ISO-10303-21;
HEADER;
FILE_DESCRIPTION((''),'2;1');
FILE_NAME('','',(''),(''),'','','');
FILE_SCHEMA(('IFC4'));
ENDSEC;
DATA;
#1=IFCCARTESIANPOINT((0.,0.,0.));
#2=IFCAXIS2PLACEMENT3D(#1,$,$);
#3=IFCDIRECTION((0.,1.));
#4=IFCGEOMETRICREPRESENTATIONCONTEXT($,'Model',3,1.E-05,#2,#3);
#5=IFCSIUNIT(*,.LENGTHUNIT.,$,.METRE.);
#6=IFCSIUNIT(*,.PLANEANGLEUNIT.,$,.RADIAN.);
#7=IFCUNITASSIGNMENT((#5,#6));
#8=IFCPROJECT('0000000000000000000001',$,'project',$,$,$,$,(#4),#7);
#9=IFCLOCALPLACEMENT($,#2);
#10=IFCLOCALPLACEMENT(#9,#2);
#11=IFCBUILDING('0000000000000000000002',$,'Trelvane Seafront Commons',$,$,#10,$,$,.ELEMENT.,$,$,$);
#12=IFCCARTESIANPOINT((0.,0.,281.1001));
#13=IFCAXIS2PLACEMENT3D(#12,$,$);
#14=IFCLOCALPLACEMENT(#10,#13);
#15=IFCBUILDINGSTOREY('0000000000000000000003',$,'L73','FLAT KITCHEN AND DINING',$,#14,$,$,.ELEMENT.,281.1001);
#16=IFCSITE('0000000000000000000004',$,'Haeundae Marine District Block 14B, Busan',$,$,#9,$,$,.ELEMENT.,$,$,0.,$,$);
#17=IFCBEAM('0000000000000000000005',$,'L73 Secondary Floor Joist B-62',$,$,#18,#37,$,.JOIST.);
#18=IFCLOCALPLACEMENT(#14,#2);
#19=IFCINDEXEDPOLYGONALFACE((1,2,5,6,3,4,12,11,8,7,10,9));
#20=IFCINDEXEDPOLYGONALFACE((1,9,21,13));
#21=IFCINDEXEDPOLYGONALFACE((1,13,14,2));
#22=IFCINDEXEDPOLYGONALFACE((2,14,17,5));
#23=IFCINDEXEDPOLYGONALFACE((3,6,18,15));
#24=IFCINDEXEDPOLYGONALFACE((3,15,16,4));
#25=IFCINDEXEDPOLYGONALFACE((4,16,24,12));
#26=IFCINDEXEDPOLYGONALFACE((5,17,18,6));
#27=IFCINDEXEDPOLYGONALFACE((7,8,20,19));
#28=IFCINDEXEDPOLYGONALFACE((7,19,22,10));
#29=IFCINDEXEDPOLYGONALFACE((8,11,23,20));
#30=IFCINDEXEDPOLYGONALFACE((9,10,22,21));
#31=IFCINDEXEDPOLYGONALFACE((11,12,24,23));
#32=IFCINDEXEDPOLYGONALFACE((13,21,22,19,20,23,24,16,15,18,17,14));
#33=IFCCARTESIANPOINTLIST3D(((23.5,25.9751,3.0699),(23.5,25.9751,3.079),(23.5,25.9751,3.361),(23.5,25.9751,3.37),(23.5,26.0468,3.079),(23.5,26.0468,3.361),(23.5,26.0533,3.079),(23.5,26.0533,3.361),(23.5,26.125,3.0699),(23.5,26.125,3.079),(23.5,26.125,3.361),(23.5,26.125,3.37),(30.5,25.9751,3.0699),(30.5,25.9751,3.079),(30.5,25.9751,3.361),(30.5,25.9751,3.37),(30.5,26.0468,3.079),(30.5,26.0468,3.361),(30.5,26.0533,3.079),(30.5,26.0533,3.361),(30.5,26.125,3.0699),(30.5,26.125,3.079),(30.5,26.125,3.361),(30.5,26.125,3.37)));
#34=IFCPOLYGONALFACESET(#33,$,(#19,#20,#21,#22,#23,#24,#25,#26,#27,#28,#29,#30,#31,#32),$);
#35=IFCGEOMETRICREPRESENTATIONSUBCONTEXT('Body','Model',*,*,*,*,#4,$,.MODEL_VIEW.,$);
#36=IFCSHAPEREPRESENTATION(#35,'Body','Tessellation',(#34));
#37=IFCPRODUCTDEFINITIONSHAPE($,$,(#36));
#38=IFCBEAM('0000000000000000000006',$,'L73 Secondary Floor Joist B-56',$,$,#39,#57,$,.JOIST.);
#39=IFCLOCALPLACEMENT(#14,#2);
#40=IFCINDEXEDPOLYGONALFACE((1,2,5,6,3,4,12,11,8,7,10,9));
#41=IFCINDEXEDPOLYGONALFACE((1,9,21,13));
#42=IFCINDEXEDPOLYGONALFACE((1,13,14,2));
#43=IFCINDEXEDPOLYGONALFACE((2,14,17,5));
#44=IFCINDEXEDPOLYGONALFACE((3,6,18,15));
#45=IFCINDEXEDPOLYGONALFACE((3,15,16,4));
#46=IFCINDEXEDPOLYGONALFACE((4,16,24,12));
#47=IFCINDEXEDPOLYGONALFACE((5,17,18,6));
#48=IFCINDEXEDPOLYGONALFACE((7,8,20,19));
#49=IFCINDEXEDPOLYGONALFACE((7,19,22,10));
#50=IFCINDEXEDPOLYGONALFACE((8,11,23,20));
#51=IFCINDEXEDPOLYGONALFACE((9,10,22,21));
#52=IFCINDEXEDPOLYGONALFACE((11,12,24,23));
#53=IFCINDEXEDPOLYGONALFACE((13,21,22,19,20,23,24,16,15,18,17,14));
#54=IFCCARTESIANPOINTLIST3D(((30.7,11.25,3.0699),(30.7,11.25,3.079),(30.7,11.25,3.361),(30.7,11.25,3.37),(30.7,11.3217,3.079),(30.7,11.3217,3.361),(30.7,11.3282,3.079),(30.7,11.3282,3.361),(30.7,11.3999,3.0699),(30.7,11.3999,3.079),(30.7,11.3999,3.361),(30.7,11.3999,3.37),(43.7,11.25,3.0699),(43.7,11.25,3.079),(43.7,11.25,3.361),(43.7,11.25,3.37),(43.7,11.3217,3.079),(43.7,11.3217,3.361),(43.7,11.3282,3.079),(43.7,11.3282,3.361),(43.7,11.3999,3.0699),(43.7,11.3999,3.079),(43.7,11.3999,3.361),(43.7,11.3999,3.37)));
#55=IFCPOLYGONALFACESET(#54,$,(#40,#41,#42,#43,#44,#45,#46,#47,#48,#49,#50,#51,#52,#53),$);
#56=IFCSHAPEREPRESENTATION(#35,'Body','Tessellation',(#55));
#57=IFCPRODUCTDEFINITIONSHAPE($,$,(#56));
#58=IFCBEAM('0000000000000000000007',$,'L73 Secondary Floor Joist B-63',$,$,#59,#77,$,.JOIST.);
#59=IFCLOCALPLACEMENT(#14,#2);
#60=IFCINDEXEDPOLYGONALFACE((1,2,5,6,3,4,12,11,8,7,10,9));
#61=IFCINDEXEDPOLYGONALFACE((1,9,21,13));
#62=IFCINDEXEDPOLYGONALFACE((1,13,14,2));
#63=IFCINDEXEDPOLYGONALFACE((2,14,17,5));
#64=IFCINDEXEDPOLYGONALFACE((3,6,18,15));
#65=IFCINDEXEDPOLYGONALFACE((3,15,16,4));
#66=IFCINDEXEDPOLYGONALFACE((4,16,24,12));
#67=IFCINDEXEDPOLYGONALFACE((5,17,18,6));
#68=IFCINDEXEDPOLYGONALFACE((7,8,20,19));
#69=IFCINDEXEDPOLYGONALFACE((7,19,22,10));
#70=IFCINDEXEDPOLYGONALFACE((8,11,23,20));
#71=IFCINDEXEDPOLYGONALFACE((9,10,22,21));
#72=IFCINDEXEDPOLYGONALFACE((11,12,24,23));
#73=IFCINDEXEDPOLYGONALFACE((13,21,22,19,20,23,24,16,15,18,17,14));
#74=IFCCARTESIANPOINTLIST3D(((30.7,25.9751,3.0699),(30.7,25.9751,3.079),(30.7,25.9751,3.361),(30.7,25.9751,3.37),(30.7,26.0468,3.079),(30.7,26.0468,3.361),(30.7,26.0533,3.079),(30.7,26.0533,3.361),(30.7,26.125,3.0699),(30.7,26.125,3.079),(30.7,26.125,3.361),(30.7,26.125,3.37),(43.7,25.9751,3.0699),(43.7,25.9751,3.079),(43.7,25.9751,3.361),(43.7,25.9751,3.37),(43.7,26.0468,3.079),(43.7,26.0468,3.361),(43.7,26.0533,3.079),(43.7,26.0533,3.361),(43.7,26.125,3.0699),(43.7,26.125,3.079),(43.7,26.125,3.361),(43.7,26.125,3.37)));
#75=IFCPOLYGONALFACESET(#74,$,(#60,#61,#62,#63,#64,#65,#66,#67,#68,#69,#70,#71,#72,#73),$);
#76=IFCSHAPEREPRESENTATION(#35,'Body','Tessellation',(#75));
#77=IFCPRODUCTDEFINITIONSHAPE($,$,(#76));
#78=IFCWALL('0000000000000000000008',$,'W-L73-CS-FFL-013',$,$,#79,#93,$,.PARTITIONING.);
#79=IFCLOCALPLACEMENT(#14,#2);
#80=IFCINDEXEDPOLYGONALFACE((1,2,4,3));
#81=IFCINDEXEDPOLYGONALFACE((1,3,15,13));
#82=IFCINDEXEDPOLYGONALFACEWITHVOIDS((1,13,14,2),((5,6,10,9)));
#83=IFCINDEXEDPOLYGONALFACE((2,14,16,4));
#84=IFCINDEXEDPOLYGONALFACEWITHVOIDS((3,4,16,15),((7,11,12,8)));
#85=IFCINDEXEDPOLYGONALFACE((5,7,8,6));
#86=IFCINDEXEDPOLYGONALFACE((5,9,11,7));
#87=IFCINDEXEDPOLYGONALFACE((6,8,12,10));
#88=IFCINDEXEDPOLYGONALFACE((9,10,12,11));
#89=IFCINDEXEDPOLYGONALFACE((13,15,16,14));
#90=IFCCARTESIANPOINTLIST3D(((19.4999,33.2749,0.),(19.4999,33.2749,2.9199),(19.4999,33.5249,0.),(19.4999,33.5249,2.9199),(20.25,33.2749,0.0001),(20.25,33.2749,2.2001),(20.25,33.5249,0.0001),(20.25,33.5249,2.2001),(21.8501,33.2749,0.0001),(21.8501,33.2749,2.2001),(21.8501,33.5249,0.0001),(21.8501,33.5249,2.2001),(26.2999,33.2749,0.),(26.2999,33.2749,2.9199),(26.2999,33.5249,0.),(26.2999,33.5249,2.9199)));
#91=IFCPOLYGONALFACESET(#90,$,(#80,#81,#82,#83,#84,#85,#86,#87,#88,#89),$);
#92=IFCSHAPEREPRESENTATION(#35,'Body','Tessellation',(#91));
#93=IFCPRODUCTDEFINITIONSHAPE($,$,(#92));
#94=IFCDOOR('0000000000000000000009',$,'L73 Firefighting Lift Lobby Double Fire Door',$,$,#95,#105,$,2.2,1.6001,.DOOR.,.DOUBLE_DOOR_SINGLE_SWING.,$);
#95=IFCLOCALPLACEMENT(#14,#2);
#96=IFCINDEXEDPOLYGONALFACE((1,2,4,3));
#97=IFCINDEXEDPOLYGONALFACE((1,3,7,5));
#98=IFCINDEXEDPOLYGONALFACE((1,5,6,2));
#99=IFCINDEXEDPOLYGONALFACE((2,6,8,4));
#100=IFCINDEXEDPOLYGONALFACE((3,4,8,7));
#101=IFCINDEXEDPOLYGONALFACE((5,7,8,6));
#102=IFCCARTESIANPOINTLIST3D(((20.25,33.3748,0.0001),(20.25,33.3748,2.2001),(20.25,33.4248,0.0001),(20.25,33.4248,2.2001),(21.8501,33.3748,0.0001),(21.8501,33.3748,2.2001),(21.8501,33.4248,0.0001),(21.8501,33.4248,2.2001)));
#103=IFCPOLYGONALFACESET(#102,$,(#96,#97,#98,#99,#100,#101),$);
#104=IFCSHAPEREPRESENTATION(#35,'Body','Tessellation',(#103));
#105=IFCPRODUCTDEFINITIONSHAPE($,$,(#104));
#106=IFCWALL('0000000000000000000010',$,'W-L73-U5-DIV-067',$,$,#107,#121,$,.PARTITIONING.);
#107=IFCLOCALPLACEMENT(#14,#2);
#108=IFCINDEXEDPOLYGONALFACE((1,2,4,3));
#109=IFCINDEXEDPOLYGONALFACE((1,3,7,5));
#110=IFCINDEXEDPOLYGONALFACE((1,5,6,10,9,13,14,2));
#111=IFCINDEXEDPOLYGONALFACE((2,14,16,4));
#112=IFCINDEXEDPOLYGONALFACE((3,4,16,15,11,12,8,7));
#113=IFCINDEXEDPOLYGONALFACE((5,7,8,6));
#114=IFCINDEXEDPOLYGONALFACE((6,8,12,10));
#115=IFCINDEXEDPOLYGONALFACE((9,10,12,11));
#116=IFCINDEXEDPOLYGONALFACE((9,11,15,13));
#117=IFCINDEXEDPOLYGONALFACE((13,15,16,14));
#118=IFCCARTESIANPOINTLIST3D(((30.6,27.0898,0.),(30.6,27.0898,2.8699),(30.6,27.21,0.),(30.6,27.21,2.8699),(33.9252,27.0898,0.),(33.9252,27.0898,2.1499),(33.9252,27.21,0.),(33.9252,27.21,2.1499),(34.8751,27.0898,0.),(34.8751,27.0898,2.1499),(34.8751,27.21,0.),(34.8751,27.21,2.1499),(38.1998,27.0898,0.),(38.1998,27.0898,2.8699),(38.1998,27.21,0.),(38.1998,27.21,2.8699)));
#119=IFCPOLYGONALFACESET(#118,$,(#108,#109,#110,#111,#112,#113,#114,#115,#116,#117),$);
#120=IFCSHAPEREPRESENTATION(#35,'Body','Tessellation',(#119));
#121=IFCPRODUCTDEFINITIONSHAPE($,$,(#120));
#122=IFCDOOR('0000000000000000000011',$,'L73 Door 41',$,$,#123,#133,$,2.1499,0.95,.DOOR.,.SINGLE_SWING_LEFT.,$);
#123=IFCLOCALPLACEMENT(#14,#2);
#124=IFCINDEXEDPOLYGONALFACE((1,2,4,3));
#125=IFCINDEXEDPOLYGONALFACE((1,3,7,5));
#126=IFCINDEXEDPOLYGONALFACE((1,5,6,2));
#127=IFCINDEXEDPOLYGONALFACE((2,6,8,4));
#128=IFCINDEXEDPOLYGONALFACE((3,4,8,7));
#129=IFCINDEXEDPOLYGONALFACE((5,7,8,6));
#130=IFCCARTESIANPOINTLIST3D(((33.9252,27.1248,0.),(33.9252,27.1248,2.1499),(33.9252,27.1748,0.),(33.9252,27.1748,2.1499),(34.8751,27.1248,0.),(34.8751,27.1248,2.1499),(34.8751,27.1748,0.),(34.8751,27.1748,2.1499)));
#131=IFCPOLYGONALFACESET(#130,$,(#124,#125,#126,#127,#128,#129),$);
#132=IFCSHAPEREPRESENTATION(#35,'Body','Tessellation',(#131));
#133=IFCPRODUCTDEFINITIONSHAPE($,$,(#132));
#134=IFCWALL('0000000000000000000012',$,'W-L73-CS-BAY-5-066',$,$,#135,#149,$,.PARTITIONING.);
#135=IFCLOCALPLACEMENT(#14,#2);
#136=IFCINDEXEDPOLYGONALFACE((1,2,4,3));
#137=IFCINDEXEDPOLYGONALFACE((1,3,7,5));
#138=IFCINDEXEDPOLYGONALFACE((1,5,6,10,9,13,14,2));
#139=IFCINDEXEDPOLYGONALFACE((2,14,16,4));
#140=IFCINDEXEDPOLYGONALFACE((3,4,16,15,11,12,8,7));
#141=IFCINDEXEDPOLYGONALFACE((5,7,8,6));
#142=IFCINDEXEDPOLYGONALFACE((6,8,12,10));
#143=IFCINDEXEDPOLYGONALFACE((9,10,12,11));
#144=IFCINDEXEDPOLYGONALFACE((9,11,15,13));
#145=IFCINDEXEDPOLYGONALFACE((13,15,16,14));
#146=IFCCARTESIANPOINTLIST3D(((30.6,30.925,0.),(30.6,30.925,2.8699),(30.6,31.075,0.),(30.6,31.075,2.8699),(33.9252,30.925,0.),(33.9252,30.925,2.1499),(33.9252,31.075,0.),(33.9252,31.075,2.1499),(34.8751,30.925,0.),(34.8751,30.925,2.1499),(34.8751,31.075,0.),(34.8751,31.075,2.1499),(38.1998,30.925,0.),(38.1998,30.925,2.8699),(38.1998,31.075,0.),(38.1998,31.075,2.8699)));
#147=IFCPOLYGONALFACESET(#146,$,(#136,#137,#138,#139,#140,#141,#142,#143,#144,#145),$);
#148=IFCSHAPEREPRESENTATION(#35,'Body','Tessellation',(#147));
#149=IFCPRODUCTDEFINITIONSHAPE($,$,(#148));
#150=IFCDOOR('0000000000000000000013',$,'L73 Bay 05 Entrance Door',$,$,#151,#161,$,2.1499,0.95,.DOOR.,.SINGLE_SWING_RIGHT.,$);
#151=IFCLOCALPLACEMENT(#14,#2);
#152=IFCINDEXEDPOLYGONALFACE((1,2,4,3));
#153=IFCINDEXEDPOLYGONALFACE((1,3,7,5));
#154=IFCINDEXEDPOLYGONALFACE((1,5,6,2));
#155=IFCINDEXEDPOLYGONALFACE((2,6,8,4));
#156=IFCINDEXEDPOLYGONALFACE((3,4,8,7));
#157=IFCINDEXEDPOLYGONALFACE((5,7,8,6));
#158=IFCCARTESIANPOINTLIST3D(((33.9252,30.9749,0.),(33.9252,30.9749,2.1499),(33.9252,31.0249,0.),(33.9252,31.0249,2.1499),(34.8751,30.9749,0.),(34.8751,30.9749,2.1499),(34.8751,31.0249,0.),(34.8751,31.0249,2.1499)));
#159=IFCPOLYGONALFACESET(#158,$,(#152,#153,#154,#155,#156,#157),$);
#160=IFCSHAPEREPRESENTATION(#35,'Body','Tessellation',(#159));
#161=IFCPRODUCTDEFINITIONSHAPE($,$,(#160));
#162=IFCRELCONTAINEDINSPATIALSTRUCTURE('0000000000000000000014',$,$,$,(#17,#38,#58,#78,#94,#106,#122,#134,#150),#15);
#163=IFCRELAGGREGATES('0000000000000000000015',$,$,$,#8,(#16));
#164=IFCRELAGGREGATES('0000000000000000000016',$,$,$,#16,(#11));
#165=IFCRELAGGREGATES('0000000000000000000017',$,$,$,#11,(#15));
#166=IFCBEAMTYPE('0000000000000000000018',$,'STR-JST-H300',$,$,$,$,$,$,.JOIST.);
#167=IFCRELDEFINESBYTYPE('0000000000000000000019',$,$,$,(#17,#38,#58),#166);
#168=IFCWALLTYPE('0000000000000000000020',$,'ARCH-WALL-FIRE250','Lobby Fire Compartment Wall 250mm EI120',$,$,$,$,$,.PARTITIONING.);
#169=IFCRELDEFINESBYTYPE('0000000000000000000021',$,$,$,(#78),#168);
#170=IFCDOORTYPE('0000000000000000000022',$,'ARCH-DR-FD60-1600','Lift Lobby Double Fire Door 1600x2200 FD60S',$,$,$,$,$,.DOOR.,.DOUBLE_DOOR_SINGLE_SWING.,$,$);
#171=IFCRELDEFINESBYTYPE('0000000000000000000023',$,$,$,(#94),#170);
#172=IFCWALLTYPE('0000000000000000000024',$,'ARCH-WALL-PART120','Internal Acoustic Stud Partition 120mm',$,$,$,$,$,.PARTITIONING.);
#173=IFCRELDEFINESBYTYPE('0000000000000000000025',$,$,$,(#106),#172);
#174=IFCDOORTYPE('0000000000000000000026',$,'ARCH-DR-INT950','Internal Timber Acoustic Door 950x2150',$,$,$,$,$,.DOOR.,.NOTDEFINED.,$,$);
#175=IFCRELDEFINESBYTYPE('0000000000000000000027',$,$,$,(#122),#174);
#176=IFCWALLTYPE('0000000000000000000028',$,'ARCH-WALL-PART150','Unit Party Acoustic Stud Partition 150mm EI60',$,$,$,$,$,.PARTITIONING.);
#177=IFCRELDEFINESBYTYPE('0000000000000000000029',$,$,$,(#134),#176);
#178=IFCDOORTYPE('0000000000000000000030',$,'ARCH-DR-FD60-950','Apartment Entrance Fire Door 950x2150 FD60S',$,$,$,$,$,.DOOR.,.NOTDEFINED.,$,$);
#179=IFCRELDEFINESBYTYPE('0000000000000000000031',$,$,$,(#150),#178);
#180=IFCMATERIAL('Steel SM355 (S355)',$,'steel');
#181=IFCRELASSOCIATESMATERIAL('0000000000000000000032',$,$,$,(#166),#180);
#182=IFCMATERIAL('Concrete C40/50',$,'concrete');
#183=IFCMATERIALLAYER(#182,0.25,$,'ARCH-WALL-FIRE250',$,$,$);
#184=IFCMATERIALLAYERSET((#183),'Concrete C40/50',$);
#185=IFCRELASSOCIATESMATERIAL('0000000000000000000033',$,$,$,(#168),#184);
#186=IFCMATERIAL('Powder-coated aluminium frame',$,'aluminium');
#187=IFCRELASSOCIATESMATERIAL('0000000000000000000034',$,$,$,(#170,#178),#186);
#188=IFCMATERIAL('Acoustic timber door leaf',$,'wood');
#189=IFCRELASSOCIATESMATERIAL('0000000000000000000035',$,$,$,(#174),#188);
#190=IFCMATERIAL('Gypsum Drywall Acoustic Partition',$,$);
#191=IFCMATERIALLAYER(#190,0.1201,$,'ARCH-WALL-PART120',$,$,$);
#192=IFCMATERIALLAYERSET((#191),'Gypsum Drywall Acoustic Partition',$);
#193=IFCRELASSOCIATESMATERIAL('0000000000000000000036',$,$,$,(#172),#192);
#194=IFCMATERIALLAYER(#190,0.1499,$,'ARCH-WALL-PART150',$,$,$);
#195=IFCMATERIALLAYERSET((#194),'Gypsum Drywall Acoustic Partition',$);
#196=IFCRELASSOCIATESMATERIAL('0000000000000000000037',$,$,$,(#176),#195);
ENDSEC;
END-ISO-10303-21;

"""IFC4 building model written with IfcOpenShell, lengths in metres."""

from ifc_helpers import new_model, si_unit, direction, frame, frame_2d, origin, origin_2d, place, context, subcontext, project, spatial, rectangle, i_section, extrude, source, transform, mapped, material, layer, layer_set, material_profile, profile_set, type_object, element, fill, save


model = new_model("IFC4")

# Units and contexts
model_context = context("Model", 3, precision=1e-05, world=origin(), true_north=direction((0.0, 1.0)))
body_context = subcontext(model_context, "Body", "Model", "MODEL_VIEW")
ifc_project = project(units=[si_unit("LENGTHUNIT", "METRE"), si_unit("PLANEANGLEUNIT", "RADIAN")], contexts=[model_context])

# Site, building, storey
site_placement = place(None, origin())
site = spatial("IfcSite", under=ifc_project, at=site_placement, Name="Haeundae Marine District Block 14B, Busan", CompositionType="ELEMENT", RefElevation=0.0)
building_placement = place(site_placement, origin())
building = spatial("IfcBuilding", under=site, at=building_placement, Name="Trelvane Seafront Commons", CompositionType="ELEMENT")
storey_placement = place(building_placement, frame((0.0, 0.0, 281.1001)))
storey = spatial("IfcBuildingStorey", under=building, at=storey_placement, Name="L73", Description="FLAT KITCHEN AND DINING", CompositionType="ELEMENT", Elevation=281.1001)

# Shared definitions
ifc_material_1 = material(Name="Steel SM355 (S355)", Category="steel")

# Beams
ifc_material_profile_1 = material_profile(ifc_material_1, i_section(OverallWidth=0.1499, OverallDepth=0.3, WebThickness=0.0066, FlangeThickness=0.009, at=origin_2d()), Name="H-300x150x6.5x9")
ifc_profile_set_1 = profile_set([ifc_material_profile_1], Name="Steel SM355 (S355)")
beam_type_1 = type_object("IfcBeamType", Name="STR-JST-H300", PredefinedType="JOIST", material=ifc_profile_set_1)
shared_shape_1 = source(origin(), body_context, "Body", "SweptSolid", [
    extrude(i_section(OverallWidth=0.1499, OverallDepth=0.3, WebThickness=0.0066, FlangeThickness=0.009, at=origin_2d()), origin(), (0.0, 0.0, 1.0), 7.0),
])
beam_1_placement = place(storey_placement, frame((23.5, 26.05, 3.22), z_axis=(1.0, 0.0, 0.0), x_axis=(0.0, 1.0, 0.0)))
element("IfcBeam", 1, at=beam_1_placement, inside=storey, type_object=beam_type_1, Name="L73 Secondary Floor Joist B-62", PredefinedType="JOIST", context=body_context, shape_type="MappedRepresentation", body=[
    mapped(shared_shape_1, transform((0.0, 0.0, 0.0), x_axis=(1.0, 0.0, 0.0), y_axis=(0.0, 1.0, 0.0), z_axis=(0.0, 0.0, 1.0), scale=1.0)),
])
shared_shape_2 = source(origin(), body_context, "Body", "SweptSolid", [
    extrude(i_section(OverallWidth=0.1499, OverallDepth=0.3, WebThickness=0.0066, FlangeThickness=0.009, at=origin_2d()), origin(), (0.0, 0.0, 1.0), 13.0),
])
for number, where, z_axis, x_axis, name in (
    (2, (30.7, 11.325, 3.22), (1.0, 0.0, 0.0), (0.0, 1.0, 0.0), "L73 Secondary Floor Joist B-56"),
    (3, (30.7, 26.05, 3.22), (1.0, 0.0, 0.0), (0.0, 1.0, 0.0), "L73 Secondary Floor Joist B-63"),
):
    element("IfcBeam", number, at=place(storey_placement, frame(where, z_axis=z_axis, x_axis=x_axis)), inside=storey, type_object=beam_type_1, Name=name, PredefinedType="JOIST", context=body_context, shape_type="MappedRepresentation", body=[
        mapped(shared_shape_2, transform((0.0, 0.0, 0.0), x_axis=(1.0, 0.0, 0.0), y_axis=(0.0, 1.0, 0.0), z_axis=(0.0, 0.0, 1.0), scale=1.0)),
    ])

# Walls, openings, doors
ifc_material_2 = material(Name="Concrete C40/50", Category="concrete")
ifc_layer_1 = layer(ifc_material_2, 0.25, Name="ARCH-WALL-FIRE250")
ifc_layer_set_1 = layer_set([ifc_layer_1], Name="Concrete C40/50")
wall_type_1 = type_object("IfcWallType", Name="ARCH-WALL-FIRE250", Description="Lobby Fire Compartment Wall 250mm EI120", PredefinedType="PARTITIONING", material=ifc_layer_set_1)
wall_1_placement = place(storey_placement, frame((19.5, 33.3999, 0.0), z_axis=(0.0, 0.0, 1.0), x_axis=(1.0, 0.0, 0.0)))
wall_1 = element("IfcWall", 4, at=wall_1_placement, inside=storey, type_object=wall_type_1, Name="W-L73-CS-FFL-013", PredefinedType="PARTITIONING", context=body_context, shape_type="SweptSolid", body=[
    extrude(rectangle(XDim=6.8, YDim=0.25, at=frame_2d((3.3999, 0.0))), origin(), (0.0, 0.0, 1.0), 2.9199),
])
opening_1_placement = place(wall_1_placement, frame((0.75, 0.0, 0.0)))
opening_1 = element("IfcOpeningElement", 5, at=opening_1_placement, cuts=wall_1, PredefinedType="OPENING", context=body_context, shape_type="SweptSolid", body=[
    extrude(rectangle(XDim=1.6001, YDim=2.2, at=frame_2d((0.8, 1.1001))), frame((0.0, 0.135, 0.0), z_axis=(0.0, -1.0, 0.0), x_axis=(1.0, 0.0, 0.0)), (0.0, 0.0, 1.0), 0.27),
])
ifc_material_3 = material(Name="Powder-coated aluminium frame", Category="aluminium")
door_type_1 = type_object("IfcDoorType", Name="ARCH-DR-FD60-1600", Description="Lift Lobby Double Fire Door 1600x2200 FD60S", OperationType="DOUBLE_DOOR_SINGLE_SWING", PredefinedType="DOOR", material=ifc_material_3)
shared_shape_3 = source(origin(), body_context, "Body", "SweptSolid", [
    extrude(rectangle(XDim=1.6001, YDim=2.2, at=frame_2d((0.8, 1.1001))), frame((0.0, 0.0249, 0.0), z_axis=(0.0, -1.0, 0.0), x_axis=(1.0, 0.0, 0.0)), (0.0, 0.0, 1.0), 0.05),
])
door_1_placement = place(opening_1_placement, origin())
door_1 = element("IfcDoor", 6, at=door_1_placement, inside=storey, type_object=door_type_1, Name="L73 Firefighting Lift Lobby Double Fire Door", OperationType="DOUBLE_DOOR_SINGLE_SWING", OverallHeight=2.2, OverallWidth=1.6001, PredefinedType="DOOR", context=body_context, shape_type="MappedRepresentation", body=[
    mapped(shared_shape_3, transform((0.0, 0.0, 0.0), x_axis=(1.0, 0.0, 0.0), y_axis=(0.0, 1.0, 0.0), z_axis=(0.0, 0.0, 1.0), scale=1.0)),
])
fill(opening_1, door_1)
ifc_material_4 = material(Name="Acoustic timber door leaf", Category="wood")
door_type_2 = type_object("IfcDoorType", Name="ARCH-DR-INT950", Description="Internal Timber Acoustic Door 950x2150", OperationType="NOTDEFINED", PredefinedType="DOOR", material=ifc_material_4)
shared_shape_4 = source(origin(), body_context, "Body", "SweptSolid", [
    extrude(rectangle(XDim=0.95, YDim=2.1499, at=frame_2d((0.4751, 1.075))), frame((0.0, 0.0249, 0.0), z_axis=(0.0, -1.0, 0.0), x_axis=(1.0, 0.0, 0.0)), (0.0, 0.0, 1.0), 0.05),
])
ifc_material_5 = material(Name="Gypsum Drywall Acoustic Partition")
ifc_layer_2 = layer(ifc_material_5, 0.1201, Name="ARCH-WALL-PART120")
ifc_layer_set_2 = layer_set([ifc_layer_2], Name="Gypsum Drywall Acoustic Partition")
wall_type_2 = type_object("IfcWallType", Name="ARCH-WALL-PART120", Description="Internal Acoustic Stud Partition 120mm", PredefinedType="PARTITIONING", material=ifc_layer_set_2)
wall_2_placement = place(storey_placement, frame((30.6001, 27.1499, 0.0), z_axis=(0.0, 0.0, 1.0), x_axis=(1.0, 0.0, 0.0)))
wall_2 = element("IfcWall", 7, at=wall_2_placement, inside=storey, type_object=wall_type_2, Name="W-L73-U5-DIV-067", PredefinedType="PARTITIONING", context=body_context, shape_type="SweptSolid", body=[
    extrude(rectangle(XDim=7.5999, YDim=0.1201, at=frame_2d((3.7998, 0.0))), origin(), (0.0, 0.0, 1.0), 2.8699),
])
opening_2_placement = place(wall_2_placement, frame((3.325, 0.0, 0.0)))
opening_2 = element("IfcOpeningElement", 8, at=opening_2_placement, cuts=wall_2, PredefinedType="OPENING", context=body_context, shape_type="SweptSolid", body=[
    extrude(rectangle(XDim=0.95, YDim=2.1499, at=frame_2d((0.4751, 1.075))), frame((0.0, 0.0701, 0.0), z_axis=(0.0, -1.0, 0.0), x_axis=(1.0, 0.0, 0.0)), (0.0, 0.0, 1.0), 0.1401),
])
door_2_placement = place(opening_2_placement, origin())
door_2 = element("IfcDoor", 9, at=door_2_placement, inside=storey, type_object=door_type_2, Name="L73 Door 41", OperationType="SINGLE_SWING_LEFT", OverallHeight=2.1499, OverallWidth=0.95, PredefinedType="DOOR", context=body_context, shape_type="MappedRepresentation", body=[
    mapped(shared_shape_4, transform((0.0, 0.0, 0.0), x_axis=(1.0, 0.0, 0.0), y_axis=(0.0, 1.0, 0.0), z_axis=(0.0, 0.0, 1.0), scale=1.0)),
])
fill(opening_2, door_2)
ifc_layer_3 = layer(ifc_material_5, 0.1499, Name="ARCH-WALL-PART150")
ifc_layer_set_3 = layer_set([ifc_layer_3], Name="Gypsum Drywall Acoustic Partition")
wall_type_3 = type_object("IfcWallType", Name="ARCH-WALL-PART150", Description="Unit Party Acoustic Stud Partition 150mm EI60", PredefinedType="PARTITIONING", material=ifc_layer_set_3)
door_type_3 = type_object("IfcDoorType", Name="ARCH-DR-FD60-950", Description="Apartment Entrance Fire Door 950x2150 FD60S", OperationType="NOTDEFINED", PredefinedType="DOOR", material=ifc_material_3)
wall_3_placement = place(storey_placement, frame((30.6001, 31.0, 0.0), z_axis=(0.0, 0.0, 1.0), x_axis=(1.0, 0.0, 0.0)))
wall_3 = element("IfcWall", 10, at=wall_3_placement, inside=storey, type_object=wall_type_3, Name="W-L73-CS-BAY-5-066", PredefinedType="PARTITIONING", context=body_context, shape_type="SweptSolid", body=[
    extrude(rectangle(XDim=7.5999, YDim=0.1499, at=frame_2d((3.7998, 0.0))), origin(), (0.0, 0.0, 1.0), 2.8699),
])
opening_3_placement = place(wall_3_placement, frame((3.325, 0.0, 0.0)))
opening_3 = element("IfcOpeningElement", 11, at=opening_3_placement, cuts=wall_3, PredefinedType="OPENING", context=body_context, shape_type="SweptSolid", body=[
    extrude(rectangle(XDim=0.95, YDim=2.1499, at=frame_2d((0.4751, 1.075))), frame((0.0, 0.085, 0.0), z_axis=(0.0, -1.0, 0.0), x_axis=(1.0, 0.0, 0.0)), (0.0, 0.0, 1.0), 0.1699),
])
door_3_placement = place(opening_3_placement, origin())
door_3 = element("IfcDoor", 12, at=door_3_placement, inside=storey, type_object=door_type_3, Name="L73 Bay 05 Entrance Door", OperationType="SINGLE_SWING_RIGHT", OverallHeight=2.1499, OverallWidth=0.95, PredefinedType="DOOR", context=body_context, shape_type="MappedRepresentation", body=[
    mapped(shared_shape_4, transform((0.0, 0.0, 0.0), x_axis=(1.0, 0.0, 0.0), y_axis=(0.0, 1.0, 0.0), z_axis=(0.0, 0.0, 1.0), scale=1.0)),
])
fill(opening_3, door_3)

save(model, "model.ifc")
